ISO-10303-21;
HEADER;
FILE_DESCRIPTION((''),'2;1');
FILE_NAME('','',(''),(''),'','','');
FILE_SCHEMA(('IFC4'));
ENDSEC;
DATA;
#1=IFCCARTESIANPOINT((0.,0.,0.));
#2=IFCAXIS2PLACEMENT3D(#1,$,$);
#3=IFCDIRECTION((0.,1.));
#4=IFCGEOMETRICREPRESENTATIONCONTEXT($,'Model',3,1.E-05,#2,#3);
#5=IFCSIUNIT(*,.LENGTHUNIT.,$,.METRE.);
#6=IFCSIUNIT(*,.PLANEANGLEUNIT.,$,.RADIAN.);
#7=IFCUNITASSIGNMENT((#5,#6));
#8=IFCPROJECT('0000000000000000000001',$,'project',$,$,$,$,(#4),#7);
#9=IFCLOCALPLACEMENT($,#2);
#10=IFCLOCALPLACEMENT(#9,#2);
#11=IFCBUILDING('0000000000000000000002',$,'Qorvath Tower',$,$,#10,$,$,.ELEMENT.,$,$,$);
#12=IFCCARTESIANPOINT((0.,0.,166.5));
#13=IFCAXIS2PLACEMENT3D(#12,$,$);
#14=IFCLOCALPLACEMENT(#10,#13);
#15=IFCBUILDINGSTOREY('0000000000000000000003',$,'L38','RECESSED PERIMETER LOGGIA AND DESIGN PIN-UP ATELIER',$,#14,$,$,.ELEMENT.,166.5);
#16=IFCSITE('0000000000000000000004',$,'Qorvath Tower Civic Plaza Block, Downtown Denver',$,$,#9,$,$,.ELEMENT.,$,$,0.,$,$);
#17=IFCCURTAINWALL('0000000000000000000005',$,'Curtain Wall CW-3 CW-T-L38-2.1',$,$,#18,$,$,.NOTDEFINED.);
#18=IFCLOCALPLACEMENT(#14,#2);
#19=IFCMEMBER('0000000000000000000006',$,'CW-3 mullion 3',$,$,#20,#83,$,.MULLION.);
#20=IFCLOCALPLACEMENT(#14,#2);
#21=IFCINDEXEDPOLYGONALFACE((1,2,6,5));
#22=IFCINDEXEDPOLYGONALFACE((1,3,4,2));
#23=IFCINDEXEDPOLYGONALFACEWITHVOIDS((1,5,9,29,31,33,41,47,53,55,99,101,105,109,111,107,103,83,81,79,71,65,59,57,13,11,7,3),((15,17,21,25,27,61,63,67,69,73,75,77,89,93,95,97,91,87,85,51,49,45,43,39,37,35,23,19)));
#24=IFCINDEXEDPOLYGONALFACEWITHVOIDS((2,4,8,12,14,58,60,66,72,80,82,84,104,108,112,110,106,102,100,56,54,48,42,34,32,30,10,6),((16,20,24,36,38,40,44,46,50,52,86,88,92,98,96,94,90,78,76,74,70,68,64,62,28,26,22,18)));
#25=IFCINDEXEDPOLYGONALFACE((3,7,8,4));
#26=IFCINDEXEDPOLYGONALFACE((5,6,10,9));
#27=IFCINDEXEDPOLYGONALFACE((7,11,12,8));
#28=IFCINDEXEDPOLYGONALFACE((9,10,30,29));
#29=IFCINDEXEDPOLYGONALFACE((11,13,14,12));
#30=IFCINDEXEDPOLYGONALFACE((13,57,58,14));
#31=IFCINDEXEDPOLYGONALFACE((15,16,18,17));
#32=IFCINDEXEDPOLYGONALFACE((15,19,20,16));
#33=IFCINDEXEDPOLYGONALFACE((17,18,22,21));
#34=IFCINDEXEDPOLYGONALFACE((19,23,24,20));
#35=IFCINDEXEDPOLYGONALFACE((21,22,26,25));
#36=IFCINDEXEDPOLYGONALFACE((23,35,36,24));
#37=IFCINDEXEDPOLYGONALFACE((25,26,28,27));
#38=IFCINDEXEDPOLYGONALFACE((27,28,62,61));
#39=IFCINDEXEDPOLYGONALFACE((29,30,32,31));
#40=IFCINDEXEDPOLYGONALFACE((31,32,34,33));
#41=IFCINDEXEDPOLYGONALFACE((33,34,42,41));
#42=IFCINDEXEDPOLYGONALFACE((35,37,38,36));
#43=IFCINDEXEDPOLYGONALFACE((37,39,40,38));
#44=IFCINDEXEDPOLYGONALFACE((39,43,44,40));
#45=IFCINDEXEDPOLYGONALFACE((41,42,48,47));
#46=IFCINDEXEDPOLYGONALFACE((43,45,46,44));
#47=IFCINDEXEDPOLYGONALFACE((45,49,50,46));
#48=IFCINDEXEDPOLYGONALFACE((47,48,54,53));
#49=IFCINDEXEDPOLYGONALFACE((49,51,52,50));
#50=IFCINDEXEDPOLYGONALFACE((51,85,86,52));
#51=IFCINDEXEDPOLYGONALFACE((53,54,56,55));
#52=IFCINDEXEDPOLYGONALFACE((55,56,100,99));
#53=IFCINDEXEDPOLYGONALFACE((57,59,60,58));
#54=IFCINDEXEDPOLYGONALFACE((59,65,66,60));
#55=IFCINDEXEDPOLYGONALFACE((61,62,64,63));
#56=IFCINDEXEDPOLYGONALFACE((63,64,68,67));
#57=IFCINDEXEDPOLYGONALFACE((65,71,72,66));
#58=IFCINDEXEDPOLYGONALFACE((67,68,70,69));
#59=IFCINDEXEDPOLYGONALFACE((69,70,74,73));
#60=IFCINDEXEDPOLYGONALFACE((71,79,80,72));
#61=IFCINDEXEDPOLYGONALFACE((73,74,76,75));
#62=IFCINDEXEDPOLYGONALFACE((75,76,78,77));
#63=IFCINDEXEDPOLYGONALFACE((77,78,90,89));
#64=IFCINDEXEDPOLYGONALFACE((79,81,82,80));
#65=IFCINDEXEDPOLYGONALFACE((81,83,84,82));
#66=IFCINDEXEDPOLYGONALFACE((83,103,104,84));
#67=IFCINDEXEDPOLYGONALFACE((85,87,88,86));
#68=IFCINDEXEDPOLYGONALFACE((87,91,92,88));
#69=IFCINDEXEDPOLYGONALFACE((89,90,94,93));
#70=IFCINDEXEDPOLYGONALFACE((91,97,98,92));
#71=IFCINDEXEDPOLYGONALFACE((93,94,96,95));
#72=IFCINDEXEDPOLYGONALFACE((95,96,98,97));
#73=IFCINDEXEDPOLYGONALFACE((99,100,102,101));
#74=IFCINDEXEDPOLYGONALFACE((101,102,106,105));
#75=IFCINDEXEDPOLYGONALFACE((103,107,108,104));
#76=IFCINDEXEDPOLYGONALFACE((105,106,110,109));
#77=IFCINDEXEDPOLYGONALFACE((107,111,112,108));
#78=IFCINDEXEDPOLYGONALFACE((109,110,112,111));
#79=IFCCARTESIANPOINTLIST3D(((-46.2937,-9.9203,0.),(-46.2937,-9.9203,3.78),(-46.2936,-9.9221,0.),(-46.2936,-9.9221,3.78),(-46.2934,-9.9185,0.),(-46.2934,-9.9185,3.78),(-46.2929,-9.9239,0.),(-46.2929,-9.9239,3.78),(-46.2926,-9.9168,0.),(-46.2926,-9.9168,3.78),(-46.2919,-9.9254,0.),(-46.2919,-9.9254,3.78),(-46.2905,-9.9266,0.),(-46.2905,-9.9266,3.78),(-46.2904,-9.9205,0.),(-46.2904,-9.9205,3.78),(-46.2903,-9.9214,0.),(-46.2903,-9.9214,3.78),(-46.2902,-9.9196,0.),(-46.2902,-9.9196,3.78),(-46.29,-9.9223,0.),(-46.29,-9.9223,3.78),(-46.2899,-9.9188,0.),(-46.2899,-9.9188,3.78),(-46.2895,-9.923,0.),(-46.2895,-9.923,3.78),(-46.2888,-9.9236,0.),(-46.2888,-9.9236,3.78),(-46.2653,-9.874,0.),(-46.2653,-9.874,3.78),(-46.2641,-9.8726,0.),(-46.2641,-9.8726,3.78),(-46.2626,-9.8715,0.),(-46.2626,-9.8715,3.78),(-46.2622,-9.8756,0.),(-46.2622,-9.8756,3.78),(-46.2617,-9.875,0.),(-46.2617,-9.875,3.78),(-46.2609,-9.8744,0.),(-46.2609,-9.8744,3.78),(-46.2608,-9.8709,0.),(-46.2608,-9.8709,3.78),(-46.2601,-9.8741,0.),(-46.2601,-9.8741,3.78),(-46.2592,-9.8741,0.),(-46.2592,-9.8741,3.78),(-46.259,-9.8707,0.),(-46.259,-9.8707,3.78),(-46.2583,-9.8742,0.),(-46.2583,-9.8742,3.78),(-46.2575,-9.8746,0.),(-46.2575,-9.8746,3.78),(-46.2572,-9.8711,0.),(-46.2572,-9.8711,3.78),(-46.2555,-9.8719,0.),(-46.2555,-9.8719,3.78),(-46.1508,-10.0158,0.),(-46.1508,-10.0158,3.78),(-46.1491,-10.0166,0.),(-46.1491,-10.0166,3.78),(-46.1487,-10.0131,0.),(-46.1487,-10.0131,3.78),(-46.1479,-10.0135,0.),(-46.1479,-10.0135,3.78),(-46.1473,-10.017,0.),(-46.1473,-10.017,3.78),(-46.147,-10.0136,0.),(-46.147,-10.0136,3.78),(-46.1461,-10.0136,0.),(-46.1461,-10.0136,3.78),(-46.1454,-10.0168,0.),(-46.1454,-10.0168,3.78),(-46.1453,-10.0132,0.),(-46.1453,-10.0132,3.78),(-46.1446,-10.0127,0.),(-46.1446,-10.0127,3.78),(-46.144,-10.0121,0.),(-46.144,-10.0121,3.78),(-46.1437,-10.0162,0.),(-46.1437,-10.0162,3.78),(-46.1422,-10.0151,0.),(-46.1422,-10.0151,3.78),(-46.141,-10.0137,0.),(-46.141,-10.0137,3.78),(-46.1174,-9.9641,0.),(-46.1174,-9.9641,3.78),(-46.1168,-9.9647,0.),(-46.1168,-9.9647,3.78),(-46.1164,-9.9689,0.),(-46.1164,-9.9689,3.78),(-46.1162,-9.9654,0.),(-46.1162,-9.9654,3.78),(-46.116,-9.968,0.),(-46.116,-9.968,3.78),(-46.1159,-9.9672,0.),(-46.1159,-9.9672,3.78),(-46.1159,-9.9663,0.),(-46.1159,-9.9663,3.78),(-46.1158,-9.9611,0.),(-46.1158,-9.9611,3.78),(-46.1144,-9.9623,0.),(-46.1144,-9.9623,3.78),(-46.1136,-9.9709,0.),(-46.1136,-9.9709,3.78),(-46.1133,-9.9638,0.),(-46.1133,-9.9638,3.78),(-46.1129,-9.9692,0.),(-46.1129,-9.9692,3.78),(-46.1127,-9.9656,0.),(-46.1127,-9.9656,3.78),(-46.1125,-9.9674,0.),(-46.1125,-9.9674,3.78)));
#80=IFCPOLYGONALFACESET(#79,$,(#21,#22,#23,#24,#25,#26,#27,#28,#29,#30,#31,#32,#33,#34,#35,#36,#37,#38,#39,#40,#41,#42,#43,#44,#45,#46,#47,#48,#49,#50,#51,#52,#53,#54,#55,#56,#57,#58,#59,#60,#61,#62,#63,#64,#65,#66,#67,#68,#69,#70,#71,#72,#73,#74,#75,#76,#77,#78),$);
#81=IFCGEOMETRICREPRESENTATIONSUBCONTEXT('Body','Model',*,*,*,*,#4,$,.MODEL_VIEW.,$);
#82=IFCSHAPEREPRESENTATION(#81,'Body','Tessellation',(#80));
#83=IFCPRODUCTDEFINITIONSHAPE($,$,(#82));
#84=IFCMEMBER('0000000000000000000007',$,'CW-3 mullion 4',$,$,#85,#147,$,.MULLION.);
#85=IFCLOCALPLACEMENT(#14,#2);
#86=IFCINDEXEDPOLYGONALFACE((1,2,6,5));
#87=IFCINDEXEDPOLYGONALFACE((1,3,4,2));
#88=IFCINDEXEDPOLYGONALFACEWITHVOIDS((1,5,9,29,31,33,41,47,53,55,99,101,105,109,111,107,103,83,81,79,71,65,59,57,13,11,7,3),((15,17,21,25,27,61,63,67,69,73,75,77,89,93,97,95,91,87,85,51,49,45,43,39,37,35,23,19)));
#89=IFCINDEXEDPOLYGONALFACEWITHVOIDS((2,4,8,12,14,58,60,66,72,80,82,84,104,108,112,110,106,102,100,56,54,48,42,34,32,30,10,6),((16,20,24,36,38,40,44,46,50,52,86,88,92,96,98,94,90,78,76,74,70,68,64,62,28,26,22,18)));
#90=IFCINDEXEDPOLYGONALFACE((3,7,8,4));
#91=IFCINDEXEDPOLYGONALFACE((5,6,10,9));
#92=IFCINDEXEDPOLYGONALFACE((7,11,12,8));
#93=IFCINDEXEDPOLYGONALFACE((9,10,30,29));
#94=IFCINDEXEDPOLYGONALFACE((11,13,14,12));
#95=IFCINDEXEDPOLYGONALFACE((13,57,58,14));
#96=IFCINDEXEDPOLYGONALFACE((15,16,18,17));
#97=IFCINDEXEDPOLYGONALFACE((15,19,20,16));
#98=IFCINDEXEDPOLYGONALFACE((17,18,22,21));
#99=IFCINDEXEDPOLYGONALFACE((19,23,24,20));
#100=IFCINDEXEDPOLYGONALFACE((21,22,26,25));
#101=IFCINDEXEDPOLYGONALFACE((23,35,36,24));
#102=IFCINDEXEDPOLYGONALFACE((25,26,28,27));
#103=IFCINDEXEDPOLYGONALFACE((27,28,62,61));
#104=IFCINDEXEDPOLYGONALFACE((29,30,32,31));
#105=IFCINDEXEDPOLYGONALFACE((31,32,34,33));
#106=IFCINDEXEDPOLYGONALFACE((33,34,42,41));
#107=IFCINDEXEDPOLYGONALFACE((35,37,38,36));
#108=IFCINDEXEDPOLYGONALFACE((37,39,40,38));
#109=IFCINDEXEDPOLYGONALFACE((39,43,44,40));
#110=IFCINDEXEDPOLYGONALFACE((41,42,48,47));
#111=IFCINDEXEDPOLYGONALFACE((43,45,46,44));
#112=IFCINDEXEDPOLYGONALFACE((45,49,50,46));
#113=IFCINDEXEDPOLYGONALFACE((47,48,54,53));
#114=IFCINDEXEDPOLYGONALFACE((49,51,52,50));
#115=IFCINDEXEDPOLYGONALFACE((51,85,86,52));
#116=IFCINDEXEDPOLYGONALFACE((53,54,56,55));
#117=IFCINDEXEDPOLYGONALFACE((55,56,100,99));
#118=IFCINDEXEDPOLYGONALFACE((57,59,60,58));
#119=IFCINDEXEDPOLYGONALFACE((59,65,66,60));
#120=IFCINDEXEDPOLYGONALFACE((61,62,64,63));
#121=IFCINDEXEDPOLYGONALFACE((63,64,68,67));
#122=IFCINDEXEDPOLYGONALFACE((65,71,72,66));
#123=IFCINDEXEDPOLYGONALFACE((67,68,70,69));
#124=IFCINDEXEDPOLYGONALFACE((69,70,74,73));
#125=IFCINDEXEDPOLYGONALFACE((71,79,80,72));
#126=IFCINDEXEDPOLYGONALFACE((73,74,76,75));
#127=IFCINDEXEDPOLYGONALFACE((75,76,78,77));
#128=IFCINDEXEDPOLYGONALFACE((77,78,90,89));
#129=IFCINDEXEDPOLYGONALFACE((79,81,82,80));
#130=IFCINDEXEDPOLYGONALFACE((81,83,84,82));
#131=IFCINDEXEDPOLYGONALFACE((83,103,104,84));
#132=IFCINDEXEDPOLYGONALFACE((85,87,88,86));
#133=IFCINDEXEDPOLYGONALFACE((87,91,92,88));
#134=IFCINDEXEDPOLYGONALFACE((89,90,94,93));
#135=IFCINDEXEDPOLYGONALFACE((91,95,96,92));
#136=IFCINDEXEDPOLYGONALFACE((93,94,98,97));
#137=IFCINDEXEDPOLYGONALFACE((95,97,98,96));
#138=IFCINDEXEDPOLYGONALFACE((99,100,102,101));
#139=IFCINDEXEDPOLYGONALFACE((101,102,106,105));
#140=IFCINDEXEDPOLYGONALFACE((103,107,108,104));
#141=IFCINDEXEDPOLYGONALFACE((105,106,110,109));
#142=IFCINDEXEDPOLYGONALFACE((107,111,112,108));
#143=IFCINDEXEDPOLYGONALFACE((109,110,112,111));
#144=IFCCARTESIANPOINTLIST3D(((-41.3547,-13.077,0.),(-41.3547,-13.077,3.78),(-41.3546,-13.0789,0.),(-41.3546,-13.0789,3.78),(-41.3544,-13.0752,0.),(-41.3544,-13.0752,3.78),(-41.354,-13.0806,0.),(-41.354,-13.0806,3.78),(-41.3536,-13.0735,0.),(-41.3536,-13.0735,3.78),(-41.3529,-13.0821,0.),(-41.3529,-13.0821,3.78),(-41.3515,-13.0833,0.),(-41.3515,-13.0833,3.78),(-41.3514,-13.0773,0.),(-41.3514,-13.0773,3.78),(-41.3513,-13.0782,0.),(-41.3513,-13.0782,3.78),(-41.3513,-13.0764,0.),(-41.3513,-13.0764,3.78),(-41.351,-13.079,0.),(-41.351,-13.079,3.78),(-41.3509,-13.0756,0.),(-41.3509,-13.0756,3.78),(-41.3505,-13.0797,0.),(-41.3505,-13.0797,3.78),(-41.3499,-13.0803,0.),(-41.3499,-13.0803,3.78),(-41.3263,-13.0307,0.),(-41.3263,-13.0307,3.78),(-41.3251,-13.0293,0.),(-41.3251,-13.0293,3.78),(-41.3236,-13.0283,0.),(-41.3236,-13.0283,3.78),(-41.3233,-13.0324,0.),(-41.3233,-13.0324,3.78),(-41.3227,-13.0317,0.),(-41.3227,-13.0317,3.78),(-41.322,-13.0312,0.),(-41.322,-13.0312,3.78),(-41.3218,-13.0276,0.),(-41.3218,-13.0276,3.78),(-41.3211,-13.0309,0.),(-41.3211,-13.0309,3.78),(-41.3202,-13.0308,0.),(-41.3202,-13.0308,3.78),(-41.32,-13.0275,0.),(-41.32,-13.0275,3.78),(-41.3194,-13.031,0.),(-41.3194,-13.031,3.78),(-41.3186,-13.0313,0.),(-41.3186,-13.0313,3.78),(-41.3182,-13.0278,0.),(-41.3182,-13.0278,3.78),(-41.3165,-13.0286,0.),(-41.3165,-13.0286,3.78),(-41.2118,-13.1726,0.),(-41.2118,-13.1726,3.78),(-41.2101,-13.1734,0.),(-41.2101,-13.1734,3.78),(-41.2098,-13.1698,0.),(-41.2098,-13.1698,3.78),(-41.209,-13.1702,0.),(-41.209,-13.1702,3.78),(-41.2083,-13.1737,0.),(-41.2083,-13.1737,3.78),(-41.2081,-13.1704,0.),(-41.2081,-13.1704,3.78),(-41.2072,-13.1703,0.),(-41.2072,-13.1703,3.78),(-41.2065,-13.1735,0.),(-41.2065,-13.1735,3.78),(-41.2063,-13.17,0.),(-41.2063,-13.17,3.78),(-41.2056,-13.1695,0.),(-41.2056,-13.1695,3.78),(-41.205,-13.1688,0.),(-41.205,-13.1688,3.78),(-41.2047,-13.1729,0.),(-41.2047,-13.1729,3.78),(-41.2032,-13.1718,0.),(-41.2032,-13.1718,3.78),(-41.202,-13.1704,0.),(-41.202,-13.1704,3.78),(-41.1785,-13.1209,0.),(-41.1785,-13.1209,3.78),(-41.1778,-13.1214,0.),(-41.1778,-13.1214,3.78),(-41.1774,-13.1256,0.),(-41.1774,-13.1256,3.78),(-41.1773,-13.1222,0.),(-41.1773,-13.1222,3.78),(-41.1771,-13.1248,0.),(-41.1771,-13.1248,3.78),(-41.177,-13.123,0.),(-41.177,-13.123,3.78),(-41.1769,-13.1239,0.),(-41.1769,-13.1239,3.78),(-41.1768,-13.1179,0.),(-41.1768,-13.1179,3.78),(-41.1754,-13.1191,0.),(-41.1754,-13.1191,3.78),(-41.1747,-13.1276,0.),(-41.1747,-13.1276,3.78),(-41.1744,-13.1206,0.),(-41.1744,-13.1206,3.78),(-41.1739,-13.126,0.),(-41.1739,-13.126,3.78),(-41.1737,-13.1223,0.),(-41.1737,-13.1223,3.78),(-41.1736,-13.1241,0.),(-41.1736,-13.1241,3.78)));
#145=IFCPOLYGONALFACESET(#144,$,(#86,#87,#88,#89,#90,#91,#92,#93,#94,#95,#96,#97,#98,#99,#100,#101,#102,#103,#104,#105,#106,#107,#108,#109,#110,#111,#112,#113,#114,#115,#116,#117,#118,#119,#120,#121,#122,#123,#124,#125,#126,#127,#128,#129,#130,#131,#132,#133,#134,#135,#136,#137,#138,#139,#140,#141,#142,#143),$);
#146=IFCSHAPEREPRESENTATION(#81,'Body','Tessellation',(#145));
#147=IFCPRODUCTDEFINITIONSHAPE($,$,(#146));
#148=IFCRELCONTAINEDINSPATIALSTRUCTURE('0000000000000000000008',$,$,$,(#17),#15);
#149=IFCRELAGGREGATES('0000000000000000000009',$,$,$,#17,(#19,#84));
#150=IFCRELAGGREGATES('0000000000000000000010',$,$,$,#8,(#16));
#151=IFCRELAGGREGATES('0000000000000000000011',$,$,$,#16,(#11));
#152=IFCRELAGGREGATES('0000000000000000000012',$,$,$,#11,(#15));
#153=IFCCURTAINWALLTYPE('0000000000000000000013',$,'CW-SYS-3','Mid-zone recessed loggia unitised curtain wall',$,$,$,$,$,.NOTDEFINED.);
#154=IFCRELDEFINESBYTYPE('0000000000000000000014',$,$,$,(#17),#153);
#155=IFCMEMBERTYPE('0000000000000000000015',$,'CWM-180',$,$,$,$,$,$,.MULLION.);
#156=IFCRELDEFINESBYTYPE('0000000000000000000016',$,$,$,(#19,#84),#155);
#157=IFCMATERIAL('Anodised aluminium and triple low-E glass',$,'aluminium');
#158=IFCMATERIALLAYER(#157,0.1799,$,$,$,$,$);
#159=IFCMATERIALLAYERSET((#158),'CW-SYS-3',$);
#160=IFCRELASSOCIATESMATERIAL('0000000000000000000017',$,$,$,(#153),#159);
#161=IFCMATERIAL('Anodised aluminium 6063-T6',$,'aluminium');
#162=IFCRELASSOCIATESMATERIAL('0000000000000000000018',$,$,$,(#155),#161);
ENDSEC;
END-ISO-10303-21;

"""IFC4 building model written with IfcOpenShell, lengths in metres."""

from ifc_helpers import new_model, si_unit, direction, frame, origin, origin_2d, place, context, subcontext, project, spatial, hollow_rectangle, extrude, material, layer, layer_set, material_profile, profile_set, type_object, element, aggregate, save


model = new_model("IFC4")

# Units and contexts
model_context = context("Model", 3, precision=1e-05, world=origin(), true_north=direction((0.0, 1.0)))
body_context = subcontext(model_context, "Body", "Model", "MODEL_VIEW")
ifc_project = project(units=[si_unit("LENGTHUNIT", "METRE"), si_unit("PLANEANGLEUNIT", "RADIAN")], contexts=[model_context])

# Site, building, storey
site_placement = place(None, origin())
site = spatial("IfcSite", under=ifc_project, at=site_placement, Name="Qorvath Tower Civic Plaza Block, Downtown Denver", CompositionType="ELEMENT", RefElevation=0.0)
building_placement = place(site_placement, origin())
building = spatial("IfcBuilding", under=site, at=building_placement, Name="Qorvath Tower", CompositionType="ELEMENT")
storey_placement = place(building_placement, frame((0.0, 0.0, 166.5)))
storey = spatial("IfcBuildingStorey", under=building, at=storey_placement, Name="L38", Description="RECESSED PERIMETER LOGGIA AND DESIGN PIN-UP ATELIER", CompositionType="ELEMENT", Elevation=166.5)

# Curtain wall, members
ifc_material_1 = material(Name="Anodised aluminium and triple low-E glass", Category="aluminium")
ifc_layer_1 = layer(ifc_material_1, 0.1799)
ifc_layer_set_1 = layer_set([ifc_layer_1], Name="CW-SYS-3")
curtain_wall_type = type_object("IfcCurtainWallType", Name="CW-SYS-3", Description="Mid-zone recessed loggia unitised curtain wall", PredefinedType="NOTDEFINED", material=ifc_layer_set_1)
curtain_wall_placement = place(storey_placement, origin())
curtain_wall = element("IfcCurtainWall", 1, at=curtain_wall_placement, inside=storey, type_object=curtain_wall_type, Name="Curtain Wall CW-3 CW-T-L38-2.1", PredefinedType="NOTDEFINED")
ifc_material_2 = material(Name="Anodised aluminium 6063-T6", Category="aluminium")
ifc_material_profile_1 = material_profile(ifc_material_2, hollow_rectangle(XDim=0.0649, YDim=0.1799, WallThickness=0.0034, InnerFilletRadius=0.0034, OuterFilletRadius=0.0071, at=origin_2d()), Name="CWM 180x65")
ifc_profile_set_1 = profile_set([ifc_material_profile_1], Name="Anodised aluminium 6063-T6")
member_type_1 = type_object("IfcMemberType", Name="CWM-180", PredefinedType="MULLION", material=ifc_profile_set_1)
member_1_placement = place(storey_placement, frame((-46.2031, -9.9438, 0.0), z_axis=(0.0, 0.0, 1.0), x_axis=(0.538529, 0.842607, 0.0)))
member_1 = element("IfcMember", 2, at=member_1_placement, type_object=member_type_1, Name="CW-3 mullion 3", PredefinedType="MULLION", context=body_context, shape_type="SweptSolid", body=[
    extrude(hollow_rectangle(XDim=0.0649, YDim=0.1799, WallThickness=0.0034, InnerFilletRadius=0.0034, OuterFilletRadius=0.0071, at=origin_2d()), origin(), (0.0, 0.0, 1.0), 3.78),
])
member_2_placement = place(storey_placement, frame((-41.2642, -13.1006, 0.0), z_axis=(0.0, 0.0, 1.0), x_axis=(0.538529, 0.842607, 0.0)))
member_2 = element("IfcMember", 3, at=member_2_placement, type_object=member_type_1, Name="CW-3 mullion 4", PredefinedType="MULLION", context=body_context, shape_type="SweptSolid", body=[
    extrude(hollow_rectangle(XDim=0.0649, YDim=0.1799, WallThickness=0.0034, InnerFilletRadius=0.0034, OuterFilletRadius=0.0071, at=origin_2d()), origin(), (0.0, 0.0, 1.0), 3.78),
])
aggregate(curtain_wall, [member_1, member_2])

save(model, "model.ifc")
